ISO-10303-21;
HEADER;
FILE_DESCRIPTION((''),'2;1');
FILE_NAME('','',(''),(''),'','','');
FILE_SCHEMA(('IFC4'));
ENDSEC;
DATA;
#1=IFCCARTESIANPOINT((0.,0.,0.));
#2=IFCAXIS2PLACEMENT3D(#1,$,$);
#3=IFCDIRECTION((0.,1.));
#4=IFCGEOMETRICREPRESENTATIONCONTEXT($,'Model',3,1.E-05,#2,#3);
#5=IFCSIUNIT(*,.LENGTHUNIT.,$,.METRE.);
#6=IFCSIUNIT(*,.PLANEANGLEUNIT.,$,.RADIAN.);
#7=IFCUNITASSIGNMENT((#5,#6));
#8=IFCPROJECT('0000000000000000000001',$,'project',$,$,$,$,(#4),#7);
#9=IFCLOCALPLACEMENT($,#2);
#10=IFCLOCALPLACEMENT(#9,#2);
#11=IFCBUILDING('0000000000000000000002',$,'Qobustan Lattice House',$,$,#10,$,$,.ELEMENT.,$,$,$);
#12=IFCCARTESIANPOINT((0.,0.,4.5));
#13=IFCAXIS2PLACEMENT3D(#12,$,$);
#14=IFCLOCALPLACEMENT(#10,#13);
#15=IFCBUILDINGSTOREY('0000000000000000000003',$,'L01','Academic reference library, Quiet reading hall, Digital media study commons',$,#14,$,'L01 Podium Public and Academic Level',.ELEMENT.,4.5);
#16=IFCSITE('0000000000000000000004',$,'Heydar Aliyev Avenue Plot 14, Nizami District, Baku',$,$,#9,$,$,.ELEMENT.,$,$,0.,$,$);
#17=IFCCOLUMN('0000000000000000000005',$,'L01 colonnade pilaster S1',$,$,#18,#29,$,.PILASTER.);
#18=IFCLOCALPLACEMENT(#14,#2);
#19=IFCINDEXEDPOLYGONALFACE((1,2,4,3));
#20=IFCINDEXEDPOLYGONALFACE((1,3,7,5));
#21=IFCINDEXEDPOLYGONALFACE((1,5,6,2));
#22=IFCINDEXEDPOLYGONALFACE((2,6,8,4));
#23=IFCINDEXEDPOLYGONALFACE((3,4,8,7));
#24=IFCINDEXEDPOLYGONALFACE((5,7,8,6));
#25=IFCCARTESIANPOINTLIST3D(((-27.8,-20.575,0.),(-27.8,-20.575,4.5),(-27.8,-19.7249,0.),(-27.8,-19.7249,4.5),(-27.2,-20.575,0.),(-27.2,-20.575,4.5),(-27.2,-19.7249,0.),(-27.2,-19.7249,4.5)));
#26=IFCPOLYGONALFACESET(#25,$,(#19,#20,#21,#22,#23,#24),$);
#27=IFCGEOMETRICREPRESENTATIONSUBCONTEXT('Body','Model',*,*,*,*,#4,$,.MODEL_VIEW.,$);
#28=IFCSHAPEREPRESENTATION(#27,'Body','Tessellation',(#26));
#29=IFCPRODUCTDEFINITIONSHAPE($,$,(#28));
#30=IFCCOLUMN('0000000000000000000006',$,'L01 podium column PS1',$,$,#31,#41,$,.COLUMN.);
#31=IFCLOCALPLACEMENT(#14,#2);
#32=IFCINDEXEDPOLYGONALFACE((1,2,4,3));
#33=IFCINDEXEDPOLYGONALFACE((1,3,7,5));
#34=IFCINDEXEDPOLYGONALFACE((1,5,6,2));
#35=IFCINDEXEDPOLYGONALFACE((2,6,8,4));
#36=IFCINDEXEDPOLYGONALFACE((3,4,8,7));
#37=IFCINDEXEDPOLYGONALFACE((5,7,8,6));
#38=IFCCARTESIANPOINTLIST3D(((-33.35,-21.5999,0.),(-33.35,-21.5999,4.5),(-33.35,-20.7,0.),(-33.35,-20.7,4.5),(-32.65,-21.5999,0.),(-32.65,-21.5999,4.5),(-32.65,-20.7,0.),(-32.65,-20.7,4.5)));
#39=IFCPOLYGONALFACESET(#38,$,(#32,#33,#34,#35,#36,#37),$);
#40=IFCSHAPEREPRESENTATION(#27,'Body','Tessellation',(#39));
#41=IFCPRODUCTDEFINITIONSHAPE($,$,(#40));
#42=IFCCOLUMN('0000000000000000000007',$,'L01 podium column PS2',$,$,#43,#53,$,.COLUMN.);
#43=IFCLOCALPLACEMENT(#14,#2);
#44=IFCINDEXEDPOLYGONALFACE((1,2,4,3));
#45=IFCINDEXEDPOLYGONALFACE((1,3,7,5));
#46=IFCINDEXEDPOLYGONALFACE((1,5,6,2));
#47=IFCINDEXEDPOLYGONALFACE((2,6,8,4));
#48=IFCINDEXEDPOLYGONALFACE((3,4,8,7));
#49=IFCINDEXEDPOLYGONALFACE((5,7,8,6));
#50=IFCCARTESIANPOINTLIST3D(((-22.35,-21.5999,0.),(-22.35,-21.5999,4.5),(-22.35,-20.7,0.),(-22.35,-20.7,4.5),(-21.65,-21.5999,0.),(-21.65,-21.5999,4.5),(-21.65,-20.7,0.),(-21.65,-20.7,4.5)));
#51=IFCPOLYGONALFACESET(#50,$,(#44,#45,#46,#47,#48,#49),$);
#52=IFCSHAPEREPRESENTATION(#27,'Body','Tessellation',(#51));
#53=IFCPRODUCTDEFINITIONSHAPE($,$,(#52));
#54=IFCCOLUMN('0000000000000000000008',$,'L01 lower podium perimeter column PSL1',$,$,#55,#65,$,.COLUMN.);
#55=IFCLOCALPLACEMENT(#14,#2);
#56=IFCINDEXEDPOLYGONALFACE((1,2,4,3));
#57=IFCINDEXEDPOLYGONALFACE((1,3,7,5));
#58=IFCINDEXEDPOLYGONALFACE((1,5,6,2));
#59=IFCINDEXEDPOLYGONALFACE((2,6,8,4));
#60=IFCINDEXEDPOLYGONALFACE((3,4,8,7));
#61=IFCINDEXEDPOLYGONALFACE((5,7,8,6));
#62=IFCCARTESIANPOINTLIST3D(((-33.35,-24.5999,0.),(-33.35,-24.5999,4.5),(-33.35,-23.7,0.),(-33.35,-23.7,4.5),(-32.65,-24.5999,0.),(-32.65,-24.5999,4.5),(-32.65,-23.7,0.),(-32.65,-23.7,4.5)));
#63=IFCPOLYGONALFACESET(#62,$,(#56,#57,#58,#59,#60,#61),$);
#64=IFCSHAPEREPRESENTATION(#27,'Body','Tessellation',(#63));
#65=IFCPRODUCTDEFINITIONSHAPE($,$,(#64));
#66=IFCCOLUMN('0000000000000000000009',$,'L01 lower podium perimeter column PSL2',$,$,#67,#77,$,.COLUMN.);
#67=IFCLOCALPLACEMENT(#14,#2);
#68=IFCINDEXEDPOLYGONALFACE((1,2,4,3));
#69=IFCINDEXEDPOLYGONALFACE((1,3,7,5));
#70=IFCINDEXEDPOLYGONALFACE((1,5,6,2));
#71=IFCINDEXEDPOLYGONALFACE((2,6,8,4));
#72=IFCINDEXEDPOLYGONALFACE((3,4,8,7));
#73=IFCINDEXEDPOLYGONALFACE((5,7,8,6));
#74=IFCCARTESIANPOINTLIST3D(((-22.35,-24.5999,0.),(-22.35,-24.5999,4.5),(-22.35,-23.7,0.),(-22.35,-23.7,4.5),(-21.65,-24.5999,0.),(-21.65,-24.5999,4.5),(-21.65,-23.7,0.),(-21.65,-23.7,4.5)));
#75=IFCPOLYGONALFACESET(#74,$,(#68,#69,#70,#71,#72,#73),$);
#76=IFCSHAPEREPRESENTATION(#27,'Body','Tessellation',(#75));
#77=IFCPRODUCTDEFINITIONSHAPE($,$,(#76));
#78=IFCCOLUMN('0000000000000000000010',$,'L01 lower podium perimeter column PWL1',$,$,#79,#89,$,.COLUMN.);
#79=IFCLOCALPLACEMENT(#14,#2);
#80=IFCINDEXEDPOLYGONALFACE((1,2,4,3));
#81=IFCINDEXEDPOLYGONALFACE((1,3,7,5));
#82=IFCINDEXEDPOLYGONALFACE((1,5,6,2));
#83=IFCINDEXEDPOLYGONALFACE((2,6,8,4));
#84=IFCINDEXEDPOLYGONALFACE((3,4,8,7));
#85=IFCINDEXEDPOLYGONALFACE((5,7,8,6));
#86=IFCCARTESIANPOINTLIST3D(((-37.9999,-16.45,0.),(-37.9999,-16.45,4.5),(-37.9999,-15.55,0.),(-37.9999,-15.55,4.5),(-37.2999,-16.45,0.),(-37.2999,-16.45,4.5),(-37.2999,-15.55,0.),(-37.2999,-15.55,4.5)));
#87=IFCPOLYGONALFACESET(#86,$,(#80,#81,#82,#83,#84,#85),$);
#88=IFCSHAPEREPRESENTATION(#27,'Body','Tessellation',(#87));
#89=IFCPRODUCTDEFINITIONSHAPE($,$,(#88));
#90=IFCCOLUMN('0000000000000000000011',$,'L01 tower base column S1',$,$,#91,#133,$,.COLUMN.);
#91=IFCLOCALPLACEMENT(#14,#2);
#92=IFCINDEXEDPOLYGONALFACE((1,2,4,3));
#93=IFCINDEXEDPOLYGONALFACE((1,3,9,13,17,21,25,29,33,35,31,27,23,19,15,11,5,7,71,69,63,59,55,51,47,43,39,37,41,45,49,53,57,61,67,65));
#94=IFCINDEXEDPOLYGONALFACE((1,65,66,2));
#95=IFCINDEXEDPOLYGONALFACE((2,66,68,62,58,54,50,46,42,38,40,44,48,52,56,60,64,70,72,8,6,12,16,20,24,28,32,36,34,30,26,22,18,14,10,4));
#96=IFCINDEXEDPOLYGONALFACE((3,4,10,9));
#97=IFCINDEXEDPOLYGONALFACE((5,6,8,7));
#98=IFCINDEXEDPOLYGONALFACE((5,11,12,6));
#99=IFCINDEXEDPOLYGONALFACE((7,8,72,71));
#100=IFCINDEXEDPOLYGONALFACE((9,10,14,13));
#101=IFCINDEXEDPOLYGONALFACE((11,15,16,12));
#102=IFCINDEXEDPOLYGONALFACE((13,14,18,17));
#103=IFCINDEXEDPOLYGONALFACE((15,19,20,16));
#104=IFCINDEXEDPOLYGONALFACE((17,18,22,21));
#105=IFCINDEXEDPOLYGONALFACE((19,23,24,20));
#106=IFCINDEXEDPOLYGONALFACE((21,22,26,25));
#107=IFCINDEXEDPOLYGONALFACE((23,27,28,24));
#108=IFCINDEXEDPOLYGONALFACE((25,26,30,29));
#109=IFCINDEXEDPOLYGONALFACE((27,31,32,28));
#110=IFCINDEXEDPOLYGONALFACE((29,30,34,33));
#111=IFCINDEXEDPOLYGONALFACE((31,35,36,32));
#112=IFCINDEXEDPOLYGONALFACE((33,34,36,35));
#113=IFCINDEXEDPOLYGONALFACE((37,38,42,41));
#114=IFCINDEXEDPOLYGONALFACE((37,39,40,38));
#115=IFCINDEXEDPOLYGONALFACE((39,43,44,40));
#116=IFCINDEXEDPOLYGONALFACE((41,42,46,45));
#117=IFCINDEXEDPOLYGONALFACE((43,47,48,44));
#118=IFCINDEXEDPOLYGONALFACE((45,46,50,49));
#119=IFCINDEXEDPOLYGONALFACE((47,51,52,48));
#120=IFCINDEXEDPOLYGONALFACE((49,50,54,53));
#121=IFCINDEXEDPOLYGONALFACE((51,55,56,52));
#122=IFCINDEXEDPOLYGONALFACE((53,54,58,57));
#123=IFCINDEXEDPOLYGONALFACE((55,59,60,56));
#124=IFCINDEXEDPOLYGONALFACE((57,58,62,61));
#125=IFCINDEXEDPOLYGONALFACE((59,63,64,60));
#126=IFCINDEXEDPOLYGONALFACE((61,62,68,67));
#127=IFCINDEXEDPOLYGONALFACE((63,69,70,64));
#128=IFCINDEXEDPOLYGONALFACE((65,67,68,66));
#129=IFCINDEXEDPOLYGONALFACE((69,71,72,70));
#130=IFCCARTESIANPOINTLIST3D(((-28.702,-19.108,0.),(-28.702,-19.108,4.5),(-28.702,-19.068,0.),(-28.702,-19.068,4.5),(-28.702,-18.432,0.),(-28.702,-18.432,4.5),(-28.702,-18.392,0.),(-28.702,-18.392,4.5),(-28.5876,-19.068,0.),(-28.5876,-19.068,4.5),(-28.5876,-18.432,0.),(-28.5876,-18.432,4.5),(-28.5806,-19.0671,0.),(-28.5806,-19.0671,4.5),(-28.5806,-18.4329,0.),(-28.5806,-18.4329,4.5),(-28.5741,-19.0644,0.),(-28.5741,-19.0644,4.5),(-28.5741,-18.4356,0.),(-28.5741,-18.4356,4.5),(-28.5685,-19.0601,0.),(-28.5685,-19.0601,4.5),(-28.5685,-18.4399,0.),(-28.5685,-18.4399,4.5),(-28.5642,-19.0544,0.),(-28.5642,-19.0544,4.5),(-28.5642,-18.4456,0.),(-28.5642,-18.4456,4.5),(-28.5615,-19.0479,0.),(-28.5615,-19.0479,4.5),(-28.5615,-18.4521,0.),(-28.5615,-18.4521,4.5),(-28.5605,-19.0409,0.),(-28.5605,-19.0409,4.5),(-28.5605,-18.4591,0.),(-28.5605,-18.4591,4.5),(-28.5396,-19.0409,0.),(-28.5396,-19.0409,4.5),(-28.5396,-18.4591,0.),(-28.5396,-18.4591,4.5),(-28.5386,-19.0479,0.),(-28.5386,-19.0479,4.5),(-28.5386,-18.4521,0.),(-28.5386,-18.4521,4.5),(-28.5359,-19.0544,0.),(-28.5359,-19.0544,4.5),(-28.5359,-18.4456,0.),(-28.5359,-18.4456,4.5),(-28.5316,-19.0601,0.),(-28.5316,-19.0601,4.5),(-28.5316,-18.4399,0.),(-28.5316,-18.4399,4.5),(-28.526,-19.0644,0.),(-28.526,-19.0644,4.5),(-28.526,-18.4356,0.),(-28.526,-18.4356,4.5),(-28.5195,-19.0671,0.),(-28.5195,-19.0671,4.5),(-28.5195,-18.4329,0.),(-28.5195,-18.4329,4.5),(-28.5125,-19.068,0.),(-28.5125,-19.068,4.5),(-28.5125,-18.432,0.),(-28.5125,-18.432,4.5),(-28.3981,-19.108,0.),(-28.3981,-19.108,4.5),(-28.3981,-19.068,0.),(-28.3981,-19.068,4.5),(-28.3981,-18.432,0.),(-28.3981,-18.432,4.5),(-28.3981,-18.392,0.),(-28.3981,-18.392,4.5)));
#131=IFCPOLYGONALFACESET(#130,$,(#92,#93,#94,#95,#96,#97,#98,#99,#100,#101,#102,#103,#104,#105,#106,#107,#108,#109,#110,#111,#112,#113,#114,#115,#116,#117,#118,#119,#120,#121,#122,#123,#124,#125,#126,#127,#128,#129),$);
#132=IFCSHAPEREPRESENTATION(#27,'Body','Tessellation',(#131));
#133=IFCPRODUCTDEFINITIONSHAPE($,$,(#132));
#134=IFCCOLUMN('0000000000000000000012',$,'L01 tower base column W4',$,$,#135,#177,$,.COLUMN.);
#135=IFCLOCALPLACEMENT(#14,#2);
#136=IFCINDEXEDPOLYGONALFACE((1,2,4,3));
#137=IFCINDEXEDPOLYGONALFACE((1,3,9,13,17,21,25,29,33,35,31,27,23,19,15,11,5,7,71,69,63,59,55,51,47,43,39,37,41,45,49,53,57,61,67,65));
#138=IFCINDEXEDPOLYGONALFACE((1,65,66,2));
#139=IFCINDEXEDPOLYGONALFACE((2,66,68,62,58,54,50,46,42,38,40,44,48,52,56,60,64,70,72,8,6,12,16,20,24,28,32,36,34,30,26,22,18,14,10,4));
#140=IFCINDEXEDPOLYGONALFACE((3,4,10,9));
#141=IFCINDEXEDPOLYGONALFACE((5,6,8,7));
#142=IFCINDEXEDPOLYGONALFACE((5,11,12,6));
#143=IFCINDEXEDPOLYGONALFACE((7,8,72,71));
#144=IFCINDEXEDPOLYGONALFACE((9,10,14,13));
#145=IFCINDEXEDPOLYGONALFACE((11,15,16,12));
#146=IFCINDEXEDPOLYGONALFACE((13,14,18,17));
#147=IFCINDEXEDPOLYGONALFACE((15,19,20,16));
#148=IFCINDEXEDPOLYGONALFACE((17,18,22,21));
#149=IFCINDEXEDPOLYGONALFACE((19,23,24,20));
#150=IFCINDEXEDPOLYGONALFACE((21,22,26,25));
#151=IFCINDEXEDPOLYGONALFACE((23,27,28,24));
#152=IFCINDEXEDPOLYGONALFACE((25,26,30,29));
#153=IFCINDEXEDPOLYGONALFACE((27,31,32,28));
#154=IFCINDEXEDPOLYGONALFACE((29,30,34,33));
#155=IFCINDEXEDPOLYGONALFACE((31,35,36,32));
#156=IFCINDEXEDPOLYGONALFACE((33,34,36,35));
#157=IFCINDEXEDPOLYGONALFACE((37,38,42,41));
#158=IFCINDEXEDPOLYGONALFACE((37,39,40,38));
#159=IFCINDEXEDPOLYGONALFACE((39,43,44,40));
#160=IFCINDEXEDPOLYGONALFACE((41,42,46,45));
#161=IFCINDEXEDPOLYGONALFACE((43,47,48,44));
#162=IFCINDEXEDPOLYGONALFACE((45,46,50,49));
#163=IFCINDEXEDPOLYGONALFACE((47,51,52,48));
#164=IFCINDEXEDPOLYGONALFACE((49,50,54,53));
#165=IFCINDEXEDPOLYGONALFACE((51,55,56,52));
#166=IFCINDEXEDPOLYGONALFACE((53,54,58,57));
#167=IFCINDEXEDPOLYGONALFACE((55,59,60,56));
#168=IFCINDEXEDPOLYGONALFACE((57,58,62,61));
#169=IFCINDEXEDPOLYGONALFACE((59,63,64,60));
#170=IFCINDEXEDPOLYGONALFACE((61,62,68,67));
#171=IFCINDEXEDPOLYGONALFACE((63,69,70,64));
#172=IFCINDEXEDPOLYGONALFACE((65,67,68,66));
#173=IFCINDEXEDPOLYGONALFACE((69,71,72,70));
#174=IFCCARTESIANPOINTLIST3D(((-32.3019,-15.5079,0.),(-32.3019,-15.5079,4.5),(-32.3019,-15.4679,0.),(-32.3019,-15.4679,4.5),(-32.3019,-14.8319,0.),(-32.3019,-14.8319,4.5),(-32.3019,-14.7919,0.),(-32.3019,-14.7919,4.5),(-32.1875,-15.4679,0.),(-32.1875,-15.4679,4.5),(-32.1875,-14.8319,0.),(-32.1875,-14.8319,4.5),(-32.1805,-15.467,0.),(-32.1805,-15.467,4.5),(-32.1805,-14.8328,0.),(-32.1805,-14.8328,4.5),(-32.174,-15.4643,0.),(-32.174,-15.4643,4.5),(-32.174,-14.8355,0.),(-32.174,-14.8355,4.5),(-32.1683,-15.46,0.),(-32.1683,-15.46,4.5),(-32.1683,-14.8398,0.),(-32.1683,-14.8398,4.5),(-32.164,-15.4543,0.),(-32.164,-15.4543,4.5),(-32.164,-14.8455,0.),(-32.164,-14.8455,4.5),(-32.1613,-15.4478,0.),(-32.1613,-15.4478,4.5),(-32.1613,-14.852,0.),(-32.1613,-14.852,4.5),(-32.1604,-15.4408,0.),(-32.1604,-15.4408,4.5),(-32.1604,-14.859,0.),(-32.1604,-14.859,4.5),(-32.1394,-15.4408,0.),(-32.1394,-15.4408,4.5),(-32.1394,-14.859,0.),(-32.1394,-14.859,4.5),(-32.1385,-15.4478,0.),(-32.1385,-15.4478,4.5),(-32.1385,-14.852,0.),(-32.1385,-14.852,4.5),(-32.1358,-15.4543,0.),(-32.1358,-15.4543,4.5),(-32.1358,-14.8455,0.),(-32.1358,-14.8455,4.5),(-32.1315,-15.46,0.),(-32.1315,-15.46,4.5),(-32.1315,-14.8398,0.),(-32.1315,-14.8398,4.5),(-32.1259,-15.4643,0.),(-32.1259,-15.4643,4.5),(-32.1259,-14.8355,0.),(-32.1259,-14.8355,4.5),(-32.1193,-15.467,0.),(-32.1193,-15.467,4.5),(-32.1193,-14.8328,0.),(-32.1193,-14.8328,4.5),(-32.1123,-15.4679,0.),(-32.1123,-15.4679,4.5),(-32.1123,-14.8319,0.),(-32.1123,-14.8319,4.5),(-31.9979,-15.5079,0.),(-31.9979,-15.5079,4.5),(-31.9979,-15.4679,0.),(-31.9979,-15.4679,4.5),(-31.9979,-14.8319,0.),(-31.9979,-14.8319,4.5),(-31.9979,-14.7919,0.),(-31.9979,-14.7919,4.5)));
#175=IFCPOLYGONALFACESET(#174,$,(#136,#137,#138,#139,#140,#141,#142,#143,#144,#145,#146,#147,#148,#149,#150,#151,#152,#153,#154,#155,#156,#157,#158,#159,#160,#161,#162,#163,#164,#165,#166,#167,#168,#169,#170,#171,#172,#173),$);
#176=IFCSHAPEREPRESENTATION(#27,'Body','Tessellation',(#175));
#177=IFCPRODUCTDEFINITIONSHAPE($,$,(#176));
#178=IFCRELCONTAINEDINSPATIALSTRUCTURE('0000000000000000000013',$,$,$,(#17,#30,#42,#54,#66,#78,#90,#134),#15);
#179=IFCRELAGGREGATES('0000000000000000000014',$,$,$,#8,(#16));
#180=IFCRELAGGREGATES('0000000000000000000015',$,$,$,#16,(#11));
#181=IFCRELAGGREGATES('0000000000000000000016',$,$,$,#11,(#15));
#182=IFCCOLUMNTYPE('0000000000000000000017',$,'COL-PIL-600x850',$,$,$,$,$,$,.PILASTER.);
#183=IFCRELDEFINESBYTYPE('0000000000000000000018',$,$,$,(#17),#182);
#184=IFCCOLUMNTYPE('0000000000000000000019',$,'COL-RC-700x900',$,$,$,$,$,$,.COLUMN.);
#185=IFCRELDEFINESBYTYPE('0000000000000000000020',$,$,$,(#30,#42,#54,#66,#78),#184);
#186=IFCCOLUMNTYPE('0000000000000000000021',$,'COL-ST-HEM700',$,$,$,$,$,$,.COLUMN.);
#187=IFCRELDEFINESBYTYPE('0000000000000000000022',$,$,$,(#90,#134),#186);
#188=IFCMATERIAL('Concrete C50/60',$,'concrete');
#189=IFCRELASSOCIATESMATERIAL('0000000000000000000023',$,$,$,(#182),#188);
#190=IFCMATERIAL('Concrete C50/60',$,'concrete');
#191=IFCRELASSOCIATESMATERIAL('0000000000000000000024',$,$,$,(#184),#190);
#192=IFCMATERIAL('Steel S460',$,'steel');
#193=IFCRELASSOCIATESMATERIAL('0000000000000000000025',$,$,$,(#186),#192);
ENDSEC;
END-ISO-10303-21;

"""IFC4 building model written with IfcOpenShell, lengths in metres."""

from ifc_helpers import new_model, si_unit, direction, frame, origin, origin_2d, place, context, subcontext, project, spatial, rectangle, i_section, extrude, material, material_profile, profile_set, type_object, element, save


model = new_model("IFC4")

# Units and contexts
model_context = context("Model", 3, precision=1e-05, world=origin(), true_north=direction((0.0, 1.0)))
body_context = subcontext(model_context, "Body", "Model", "MODEL_VIEW")
ifc_project = project(units=[si_unit("LENGTHUNIT", "METRE"), si_unit("PLANEANGLEUNIT", "RADIAN")], contexts=[model_context])

# Site, building, storey
site_placement = place(None, origin())
site = spatial("IfcSite", under=ifc_project, at=site_placement, Name="Heydar Aliyev Avenue Plot 14, Nizami District, Baku", CompositionType="ELEMENT", RefElevation=0.0)
building_placement = place(site_placement, origin())
building = spatial("IfcBuilding", under=site, at=building_placement, Name="Qobustan Lattice House", CompositionType="ELEMENT")
storey_placement = place(building_placement, frame((0.0, 0.0, 4.5)))
storey = spatial("IfcBuildingStorey", under=building, at=storey_placement, Name="L01", Description="Academic reference library, Quiet reading hall, Digital media study commons", LongName="L01 Podium Public and Academic Level", CompositionType="ELEMENT", Elevation=4.5)

# Columns
ifc_material_1 = material(Name="Concrete C50/60", Category="concrete")
ifc_material_profile_1 = material_profile(ifc_material_1, rectangle(XDim=0.6001, YDim=0.8501, at=origin_2d()), Name="RC600x850")
ifc_profile_set_1 = profile_set([ifc_material_profile_1], Name="Concrete C50/60")
column_type_1 = type_object("IfcColumnType", Name="COL-PIL-600x850", PredefinedType="PILASTER", material=ifc_profile_set_1)
column_placement = place(storey_placement, frame((-27.5, -20.1499, 0.0), z_axis=(0.0, 0.0, 1.0), x_axis=(1.0, 0.0, 0.0)))
element("IfcColumn", 1, at=column_placement, inside=storey, type_object=column_type_1, Name="L01 colonnade pilaster S1", PredefinedType="PILASTER", context=body_context, shape_type="SweptSolid", body=[
    extrude(rectangle(XDim=0.6001, YDim=0.8501, at=origin_2d()), origin(), (0.0, 0.0, 1.0), 4.5),
])
ifc_material_2 = material(Name="Concrete C50/60", Category="concrete")
ifc_material_profile_2 = material_profile(ifc_material_2, rectangle(XDim=0.7, YDim=0.8999, at=origin_2d()), Name="RC700x900")
ifc_profile_set_2 = profile_set([ifc_material_profile_2], Name="Concrete C50/60")
column_type_2 = type_object("IfcColumnType", Name="COL-RC-700x900", PredefinedType="COLUMN", material=ifc_profile_set_2)
for number, where, z_axis, x_axis, name in (
    (2, (-33.0, -21.1499, 0.0), (0.0, 0.0, 1.0), (1.0, 0.0, 0.0), "L01 podium column PS1"),
    (3, (-22.0, -21.1499, 0.0), (0.0, 0.0, 1.0), (1.0, 0.0, 0.0), "L01 podium column PS2"),
    (4, (-33.0, -24.1499, 0.0), (0.0, 0.0, 1.0), (1.0, 0.0, 0.0), "L01 lower podium perimeter column PSL1"),
    (5, (-22.0, -24.1499, 0.0), (0.0, 0.0, 1.0), (1.0, 0.0, 0.0), "L01 lower podium perimeter column PSL2"),
    (6, (-37.6499, -16.0, 0.0), (0.0, 0.0, 1.0), (1.0, 0.0, 0.0), "L01 lower podium perimeter column PWL1"),
):
    element("IfcColumn", number, at=place(storey_placement, frame(where, z_axis=z_axis, x_axis=x_axis)), inside=storey, type_object=column_type_2, Name=name, PredefinedType="COLUMN", context=body_context, shape_type="SweptSolid", body=[
        extrude(rectangle(XDim=0.7, YDim=0.8999, at=origin_2d()), origin(), (0.0, 0.0, 1.0), 4.5),
    ])
ifc_material_3 = material(Name="Steel S460", Category="steel")
ifc_material_profile_3 = material_profile(ifc_material_3, i_section(OverallWidth=0.304, OverallDepth=0.7161, WebThickness=0.021, FlangeThickness=0.04, FilletRadius=0.0271, at=origin_2d()), Name="HEM700")
ifc_profile_set_3 = profile_set([ifc_material_profile_3], Name="Steel S460")
column_type_3 = type_object("IfcColumnType", Name="COL-ST-HEM700", PredefinedType="COLUMN", material=ifc_profile_set_3)
for number, where, z_axis, x_axis, name in (
    (7, (-28.55, -18.75, 0.0), (0.0, 0.0, 1.0), (1.0, 0.0, 0.0), "L01 tower base column S1"),
    (8, (-32.1499, -15.1499, 0.0), (0.0, 0.0, 1.0), (1.0, 0.0, 0.0), "L01 tower base column W4"),
):
    element("IfcColumn", number, at=place(storey_placement, frame(where, z_axis=z_axis, x_axis=x_axis)), inside=storey, type_object=column_type_3, Name=name, PredefinedType="COLUMN", context=body_context, shape_type="SweptSolid", body=[
        extrude(i_section(OverallWidth=0.304, OverallDepth=0.7161, WebThickness=0.021, FlangeThickness=0.04, FilletRadius=0.0271, at=origin_2d()), origin(), (0.0, 0.0, 1.0), 4.5),
    ])

save(model, "model.ifc")
